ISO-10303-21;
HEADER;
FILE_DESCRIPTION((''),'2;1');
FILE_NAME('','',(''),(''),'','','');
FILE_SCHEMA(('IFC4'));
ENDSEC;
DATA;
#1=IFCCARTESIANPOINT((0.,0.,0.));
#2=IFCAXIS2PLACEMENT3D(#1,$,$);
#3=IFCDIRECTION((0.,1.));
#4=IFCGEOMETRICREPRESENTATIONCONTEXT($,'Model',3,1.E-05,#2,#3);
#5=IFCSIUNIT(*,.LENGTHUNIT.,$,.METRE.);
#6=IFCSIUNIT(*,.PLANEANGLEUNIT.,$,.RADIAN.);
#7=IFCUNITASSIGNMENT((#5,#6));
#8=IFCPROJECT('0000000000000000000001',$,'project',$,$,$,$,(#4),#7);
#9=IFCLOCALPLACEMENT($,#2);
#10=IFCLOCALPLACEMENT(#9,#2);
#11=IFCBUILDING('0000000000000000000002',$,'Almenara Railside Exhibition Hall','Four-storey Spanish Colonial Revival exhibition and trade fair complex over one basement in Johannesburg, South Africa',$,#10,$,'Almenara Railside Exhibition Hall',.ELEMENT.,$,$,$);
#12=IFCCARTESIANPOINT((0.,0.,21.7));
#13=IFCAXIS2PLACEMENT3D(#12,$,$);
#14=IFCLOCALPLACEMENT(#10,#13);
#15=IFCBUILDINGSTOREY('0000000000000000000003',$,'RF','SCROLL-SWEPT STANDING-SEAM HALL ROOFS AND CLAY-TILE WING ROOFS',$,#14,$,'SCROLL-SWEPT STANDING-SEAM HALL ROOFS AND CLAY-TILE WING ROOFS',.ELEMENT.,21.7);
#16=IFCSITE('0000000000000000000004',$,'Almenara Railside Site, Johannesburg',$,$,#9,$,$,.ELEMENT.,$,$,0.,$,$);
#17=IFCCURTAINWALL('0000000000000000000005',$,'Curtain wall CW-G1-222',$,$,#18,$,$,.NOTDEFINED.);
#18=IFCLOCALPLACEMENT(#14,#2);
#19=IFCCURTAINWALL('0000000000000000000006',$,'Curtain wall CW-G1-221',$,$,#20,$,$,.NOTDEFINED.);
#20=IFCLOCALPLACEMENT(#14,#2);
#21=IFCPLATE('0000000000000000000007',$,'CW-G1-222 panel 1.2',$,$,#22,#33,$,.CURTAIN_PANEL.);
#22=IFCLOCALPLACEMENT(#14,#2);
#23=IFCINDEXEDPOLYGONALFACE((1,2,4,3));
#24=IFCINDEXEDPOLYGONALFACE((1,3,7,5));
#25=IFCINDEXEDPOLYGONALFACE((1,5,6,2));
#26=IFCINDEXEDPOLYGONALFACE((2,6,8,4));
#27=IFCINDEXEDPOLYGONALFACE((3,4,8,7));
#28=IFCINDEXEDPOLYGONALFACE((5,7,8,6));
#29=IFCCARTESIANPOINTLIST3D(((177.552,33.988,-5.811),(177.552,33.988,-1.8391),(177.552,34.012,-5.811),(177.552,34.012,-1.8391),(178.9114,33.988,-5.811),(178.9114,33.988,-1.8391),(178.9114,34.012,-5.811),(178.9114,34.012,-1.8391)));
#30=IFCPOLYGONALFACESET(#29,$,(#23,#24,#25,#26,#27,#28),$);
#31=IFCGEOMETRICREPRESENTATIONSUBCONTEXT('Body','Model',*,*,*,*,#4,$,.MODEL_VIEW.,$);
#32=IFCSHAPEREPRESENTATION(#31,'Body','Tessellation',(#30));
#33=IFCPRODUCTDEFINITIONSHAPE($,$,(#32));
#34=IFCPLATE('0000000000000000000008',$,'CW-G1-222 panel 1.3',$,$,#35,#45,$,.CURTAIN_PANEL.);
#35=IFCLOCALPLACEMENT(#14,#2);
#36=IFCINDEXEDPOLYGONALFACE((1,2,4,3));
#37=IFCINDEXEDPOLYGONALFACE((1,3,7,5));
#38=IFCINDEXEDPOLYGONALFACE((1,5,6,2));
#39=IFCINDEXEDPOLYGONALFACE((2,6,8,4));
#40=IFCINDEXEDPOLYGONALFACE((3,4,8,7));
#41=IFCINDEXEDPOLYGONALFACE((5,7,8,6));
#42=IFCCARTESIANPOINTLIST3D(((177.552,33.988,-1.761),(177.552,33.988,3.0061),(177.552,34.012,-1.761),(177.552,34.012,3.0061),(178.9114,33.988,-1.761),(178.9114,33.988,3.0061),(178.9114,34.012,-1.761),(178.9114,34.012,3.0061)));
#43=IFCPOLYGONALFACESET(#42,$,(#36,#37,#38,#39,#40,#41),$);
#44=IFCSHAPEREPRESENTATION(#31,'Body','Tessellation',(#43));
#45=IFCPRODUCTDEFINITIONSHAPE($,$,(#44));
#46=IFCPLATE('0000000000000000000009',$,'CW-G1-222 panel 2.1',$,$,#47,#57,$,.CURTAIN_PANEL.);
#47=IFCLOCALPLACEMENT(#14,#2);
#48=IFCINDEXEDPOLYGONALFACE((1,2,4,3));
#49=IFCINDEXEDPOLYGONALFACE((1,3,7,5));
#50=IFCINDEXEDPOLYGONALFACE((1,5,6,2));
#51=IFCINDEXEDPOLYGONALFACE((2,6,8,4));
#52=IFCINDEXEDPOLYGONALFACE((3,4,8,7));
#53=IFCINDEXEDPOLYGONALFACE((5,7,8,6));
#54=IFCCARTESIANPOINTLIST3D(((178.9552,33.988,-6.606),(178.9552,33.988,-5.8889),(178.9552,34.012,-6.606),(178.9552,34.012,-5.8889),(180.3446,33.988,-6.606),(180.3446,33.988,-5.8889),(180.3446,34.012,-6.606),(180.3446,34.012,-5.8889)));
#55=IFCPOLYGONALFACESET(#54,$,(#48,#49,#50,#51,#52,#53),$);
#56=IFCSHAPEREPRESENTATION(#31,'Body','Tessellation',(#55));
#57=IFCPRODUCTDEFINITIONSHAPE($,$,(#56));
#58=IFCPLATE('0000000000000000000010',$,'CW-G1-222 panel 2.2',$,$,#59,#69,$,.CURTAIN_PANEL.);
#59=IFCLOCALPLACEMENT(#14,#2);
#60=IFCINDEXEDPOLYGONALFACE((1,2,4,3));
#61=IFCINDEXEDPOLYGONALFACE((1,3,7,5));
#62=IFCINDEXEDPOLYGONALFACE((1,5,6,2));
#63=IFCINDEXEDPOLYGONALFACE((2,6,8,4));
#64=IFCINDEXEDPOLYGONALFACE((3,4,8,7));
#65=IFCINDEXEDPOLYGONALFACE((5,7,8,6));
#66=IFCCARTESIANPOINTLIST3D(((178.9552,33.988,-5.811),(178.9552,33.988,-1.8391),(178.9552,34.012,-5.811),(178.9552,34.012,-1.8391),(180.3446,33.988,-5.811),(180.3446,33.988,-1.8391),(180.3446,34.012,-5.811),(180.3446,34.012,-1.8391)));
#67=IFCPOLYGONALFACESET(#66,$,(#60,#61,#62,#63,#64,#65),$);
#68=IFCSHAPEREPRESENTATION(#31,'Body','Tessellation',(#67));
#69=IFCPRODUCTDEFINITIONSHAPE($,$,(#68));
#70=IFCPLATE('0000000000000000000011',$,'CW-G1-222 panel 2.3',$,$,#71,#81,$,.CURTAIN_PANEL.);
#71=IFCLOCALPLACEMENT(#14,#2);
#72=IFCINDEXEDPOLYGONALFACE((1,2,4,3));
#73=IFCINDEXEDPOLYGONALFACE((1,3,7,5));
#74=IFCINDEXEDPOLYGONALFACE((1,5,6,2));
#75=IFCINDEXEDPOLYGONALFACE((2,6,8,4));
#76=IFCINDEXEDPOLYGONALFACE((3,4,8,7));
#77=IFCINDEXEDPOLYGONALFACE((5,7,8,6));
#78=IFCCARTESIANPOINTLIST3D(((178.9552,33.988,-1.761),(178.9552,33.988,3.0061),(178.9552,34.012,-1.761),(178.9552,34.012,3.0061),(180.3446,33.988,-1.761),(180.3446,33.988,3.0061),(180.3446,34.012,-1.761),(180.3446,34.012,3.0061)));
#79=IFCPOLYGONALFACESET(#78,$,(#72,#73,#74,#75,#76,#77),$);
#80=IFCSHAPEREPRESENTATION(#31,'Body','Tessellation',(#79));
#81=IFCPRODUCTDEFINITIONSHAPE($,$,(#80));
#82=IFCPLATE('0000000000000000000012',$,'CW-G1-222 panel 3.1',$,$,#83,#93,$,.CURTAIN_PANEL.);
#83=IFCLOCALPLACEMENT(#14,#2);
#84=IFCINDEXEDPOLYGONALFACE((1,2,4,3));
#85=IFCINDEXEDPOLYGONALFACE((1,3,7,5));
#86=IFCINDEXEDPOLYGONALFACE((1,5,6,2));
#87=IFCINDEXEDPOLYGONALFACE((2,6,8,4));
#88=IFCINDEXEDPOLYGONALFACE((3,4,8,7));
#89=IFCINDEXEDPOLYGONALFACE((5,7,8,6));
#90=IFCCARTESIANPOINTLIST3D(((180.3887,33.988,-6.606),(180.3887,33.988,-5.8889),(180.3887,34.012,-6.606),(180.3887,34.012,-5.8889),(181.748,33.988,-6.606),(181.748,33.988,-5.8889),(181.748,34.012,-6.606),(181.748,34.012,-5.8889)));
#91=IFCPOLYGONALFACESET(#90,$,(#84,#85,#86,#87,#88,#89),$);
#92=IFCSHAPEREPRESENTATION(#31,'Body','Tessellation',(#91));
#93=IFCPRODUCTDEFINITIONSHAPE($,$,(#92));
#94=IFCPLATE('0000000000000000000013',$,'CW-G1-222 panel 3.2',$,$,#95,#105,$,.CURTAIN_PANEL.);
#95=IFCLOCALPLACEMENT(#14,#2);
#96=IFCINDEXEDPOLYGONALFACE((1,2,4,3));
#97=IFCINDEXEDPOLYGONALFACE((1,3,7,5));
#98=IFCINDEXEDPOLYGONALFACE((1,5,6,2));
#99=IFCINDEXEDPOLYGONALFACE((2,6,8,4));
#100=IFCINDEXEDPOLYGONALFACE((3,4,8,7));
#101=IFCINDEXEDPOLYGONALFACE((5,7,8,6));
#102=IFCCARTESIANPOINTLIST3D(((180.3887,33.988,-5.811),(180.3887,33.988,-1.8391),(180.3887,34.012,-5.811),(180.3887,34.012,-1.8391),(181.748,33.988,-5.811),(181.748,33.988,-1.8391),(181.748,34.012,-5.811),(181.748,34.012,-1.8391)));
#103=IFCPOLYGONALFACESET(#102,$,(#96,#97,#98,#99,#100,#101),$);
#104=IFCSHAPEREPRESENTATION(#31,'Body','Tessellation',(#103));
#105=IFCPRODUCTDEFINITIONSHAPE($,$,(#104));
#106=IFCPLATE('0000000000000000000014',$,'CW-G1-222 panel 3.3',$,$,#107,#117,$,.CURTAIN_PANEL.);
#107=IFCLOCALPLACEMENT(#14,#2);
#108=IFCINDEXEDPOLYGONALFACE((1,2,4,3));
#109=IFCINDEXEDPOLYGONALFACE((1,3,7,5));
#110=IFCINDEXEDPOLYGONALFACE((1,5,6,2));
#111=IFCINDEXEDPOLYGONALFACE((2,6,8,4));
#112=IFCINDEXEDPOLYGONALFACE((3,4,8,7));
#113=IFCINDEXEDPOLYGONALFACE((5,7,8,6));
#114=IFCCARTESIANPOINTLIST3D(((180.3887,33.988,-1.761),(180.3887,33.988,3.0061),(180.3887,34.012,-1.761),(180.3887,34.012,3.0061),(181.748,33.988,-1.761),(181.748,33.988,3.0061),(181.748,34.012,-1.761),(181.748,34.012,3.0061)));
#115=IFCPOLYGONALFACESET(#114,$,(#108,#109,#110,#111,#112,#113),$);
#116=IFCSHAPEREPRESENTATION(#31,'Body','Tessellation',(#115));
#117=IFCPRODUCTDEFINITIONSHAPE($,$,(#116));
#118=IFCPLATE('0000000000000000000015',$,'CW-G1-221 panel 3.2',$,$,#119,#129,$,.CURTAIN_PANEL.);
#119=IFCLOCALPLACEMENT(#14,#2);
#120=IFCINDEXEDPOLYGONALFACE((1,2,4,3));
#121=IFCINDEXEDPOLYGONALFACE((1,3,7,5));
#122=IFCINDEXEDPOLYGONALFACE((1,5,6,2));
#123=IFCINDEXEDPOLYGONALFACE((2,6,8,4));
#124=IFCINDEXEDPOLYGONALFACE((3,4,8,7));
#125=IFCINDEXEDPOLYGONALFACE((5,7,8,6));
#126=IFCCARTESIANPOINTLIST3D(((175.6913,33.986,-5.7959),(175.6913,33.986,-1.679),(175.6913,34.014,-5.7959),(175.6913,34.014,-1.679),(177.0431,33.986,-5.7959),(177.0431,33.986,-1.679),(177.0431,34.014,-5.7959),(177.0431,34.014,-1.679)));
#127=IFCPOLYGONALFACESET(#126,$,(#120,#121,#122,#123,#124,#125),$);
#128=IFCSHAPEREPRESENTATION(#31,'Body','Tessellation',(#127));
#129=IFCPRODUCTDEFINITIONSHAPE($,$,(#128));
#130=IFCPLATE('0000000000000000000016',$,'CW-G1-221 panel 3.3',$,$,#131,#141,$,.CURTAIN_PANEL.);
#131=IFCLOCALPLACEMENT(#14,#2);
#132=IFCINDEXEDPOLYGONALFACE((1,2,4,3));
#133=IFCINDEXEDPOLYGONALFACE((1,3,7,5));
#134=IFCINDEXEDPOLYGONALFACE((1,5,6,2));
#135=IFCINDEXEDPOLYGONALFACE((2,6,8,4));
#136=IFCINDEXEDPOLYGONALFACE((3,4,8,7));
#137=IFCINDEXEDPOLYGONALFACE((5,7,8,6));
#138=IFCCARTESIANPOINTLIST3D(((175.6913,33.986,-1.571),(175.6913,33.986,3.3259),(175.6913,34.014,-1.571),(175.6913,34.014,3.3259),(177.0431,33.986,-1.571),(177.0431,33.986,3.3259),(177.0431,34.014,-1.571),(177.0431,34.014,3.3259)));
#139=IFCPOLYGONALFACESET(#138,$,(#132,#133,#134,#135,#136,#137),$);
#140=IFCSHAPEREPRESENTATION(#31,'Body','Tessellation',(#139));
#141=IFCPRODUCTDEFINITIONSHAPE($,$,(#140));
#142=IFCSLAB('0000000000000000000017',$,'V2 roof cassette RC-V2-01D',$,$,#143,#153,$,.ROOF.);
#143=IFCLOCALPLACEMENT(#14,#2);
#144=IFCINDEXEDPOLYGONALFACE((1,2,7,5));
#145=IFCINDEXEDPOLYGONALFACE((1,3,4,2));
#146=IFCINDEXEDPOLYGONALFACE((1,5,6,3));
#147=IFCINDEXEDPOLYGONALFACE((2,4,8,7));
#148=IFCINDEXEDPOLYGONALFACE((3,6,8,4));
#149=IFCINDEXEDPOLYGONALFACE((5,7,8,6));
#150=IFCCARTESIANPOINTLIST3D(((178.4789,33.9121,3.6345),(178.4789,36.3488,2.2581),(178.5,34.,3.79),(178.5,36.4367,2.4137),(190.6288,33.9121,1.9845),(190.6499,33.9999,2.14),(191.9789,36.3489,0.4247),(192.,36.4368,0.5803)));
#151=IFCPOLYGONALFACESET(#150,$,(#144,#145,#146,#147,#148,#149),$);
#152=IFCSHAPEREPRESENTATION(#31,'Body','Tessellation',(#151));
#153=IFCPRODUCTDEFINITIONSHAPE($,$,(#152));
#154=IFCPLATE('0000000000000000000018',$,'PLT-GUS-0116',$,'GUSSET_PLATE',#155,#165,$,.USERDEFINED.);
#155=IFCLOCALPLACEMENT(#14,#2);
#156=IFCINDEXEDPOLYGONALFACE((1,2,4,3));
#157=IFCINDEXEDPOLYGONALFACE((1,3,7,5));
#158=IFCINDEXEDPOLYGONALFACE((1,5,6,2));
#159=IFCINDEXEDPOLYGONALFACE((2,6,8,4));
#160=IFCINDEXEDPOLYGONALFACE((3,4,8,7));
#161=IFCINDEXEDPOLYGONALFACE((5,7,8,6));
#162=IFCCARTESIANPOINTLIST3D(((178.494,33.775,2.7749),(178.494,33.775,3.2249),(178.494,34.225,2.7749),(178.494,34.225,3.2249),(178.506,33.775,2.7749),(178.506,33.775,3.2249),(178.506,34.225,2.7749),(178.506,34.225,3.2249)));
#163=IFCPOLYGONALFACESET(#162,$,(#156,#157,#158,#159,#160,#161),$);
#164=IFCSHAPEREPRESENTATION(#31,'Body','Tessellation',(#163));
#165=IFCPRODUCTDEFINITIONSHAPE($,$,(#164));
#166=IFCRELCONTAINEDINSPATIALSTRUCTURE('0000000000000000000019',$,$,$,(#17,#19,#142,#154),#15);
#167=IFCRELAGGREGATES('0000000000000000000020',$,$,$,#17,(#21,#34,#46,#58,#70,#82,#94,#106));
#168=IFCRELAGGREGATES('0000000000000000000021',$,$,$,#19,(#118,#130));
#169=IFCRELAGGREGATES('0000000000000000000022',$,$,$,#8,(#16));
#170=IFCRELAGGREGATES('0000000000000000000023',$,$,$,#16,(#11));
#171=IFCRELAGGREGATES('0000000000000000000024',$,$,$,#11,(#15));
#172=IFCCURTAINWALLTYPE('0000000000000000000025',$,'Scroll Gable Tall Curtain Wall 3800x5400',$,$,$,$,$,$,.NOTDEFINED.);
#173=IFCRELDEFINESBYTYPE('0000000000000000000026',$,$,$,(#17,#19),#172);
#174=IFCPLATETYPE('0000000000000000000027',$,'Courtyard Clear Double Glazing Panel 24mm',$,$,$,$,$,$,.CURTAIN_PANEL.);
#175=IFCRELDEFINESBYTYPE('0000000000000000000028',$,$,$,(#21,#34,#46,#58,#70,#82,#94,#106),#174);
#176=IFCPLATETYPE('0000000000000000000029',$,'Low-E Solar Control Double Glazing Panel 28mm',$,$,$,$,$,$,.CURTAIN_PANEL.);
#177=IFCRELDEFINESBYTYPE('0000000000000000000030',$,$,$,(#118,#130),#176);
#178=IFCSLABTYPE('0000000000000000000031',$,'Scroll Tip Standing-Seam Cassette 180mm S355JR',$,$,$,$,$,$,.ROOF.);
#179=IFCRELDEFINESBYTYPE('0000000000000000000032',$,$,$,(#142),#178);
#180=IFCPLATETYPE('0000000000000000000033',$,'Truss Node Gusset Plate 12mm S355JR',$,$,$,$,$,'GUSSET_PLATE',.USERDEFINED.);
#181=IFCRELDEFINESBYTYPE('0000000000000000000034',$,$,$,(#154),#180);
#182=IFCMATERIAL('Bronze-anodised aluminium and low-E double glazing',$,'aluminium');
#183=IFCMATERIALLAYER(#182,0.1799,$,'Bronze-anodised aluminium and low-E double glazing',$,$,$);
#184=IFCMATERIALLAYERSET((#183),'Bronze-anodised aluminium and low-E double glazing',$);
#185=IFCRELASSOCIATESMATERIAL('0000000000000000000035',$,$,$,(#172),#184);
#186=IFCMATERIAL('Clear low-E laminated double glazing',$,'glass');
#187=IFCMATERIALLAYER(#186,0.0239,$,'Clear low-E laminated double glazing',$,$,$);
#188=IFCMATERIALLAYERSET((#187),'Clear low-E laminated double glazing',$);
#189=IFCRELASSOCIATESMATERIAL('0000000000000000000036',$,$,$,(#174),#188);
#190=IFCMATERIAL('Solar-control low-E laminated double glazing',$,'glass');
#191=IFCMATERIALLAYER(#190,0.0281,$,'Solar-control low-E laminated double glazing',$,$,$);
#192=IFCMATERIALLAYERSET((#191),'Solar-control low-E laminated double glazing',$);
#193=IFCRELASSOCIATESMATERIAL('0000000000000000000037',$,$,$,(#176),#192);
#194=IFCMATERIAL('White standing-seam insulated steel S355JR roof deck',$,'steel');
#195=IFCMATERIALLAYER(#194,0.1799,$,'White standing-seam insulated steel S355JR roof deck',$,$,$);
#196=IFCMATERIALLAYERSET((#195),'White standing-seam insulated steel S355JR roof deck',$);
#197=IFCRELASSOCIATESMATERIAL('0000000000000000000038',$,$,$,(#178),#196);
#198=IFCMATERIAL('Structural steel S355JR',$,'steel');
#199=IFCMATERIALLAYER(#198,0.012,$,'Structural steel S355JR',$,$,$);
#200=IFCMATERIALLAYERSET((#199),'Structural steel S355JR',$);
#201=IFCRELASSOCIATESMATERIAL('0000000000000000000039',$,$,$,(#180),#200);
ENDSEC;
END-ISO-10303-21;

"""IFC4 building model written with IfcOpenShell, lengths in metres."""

from ifc_helpers import new_model, si_unit, direction, frame, origin, origin_2d, place, context, subcontext, project, spatial, polyline, rectangle, outline, extrude, material, layer, layer_set, type_object, element, aggregate, save


model = new_model("IFC4")

# Units and contexts
model_context = context("Model", 3, precision=1e-05, world=origin(), true_north=direction((0.0, 1.0)))
body_context = subcontext(model_context, "Body", "Model", "MODEL_VIEW")
ifc_project = project(units=[si_unit("LENGTHUNIT", "METRE"), si_unit("PLANEANGLEUNIT", "RADIAN")], contexts=[model_context])

# Site, building, storey
site_placement = place(None, origin())
site = spatial("IfcSite", under=ifc_project, at=site_placement, Name="Almenara Railside Site, Johannesburg", CompositionType="ELEMENT", RefElevation=0.0)
building_placement = place(site_placement, origin())
building = spatial("IfcBuilding", under=site, at=building_placement, Name="Almenara Railside Exhibition Hall", Description="Four-storey Spanish Colonial Revival exhibition and trade fair complex over one basement in Johannesburg, South Africa", LongName="Almenara Railside Exhibition Hall", CompositionType="ELEMENT")
storey_placement = place(building_placement, frame((0.0, 0.0, 21.7)))
storey = spatial("IfcBuildingStorey", under=building, at=storey_placement, Name="RF", Description="SCROLL-SWEPT STANDING-SEAM HALL ROOFS AND CLAY-TILE WING ROOFS", LongName="SCROLL-SWEPT STANDING-SEAM HALL ROOFS AND CLAY-TILE WING ROOFS", CompositionType="ELEMENT", Elevation=21.7)

# Shared definitions
ifc_material_1 = material(Name="Structural steel S355JR", Category="steel")

# Curtain wall
ifc_material_2 = material(Name="Bronze-anodised aluminium and low-E double glazing", Category="aluminium")
ifc_layer_1 = layer(ifc_material_2, 0.1799, Name="Bronze-anodised aluminium and low-E double glazing")
ifc_layer_set_1 = layer_set([ifc_layer_1], Name="Bronze-anodised aluminium and low-E double glazing")
curtain_wall_type = type_object("IfcCurtainWallType", Name="Scroll Gable Tall Curtain Wall 3800x5400", PredefinedType="NOTDEFINED", material=ifc_layer_set_1)
curtain_wall_1_placement = place(storey_placement, origin())
curtain_wall_1 = element("IfcCurtainWall", 1, at=curtain_wall_1_placement, inside=storey, type_object=curtain_wall_type, Name="Curtain wall CW-G1-222", PredefinedType="NOTDEFINED")

# Curtain wall
curtain_wall_2_placement = place(storey_placement, origin())
curtain_wall_2 = element("IfcCurtainWall", 2, at=curtain_wall_2_placement, inside=storey, type_object=curtain_wall_type, Name="Curtain wall CW-G1-221", PredefinedType="NOTDEFINED")

# Plates
ifc_material_3 = material(Name="Clear low-E laminated double glazing", Category="glass")
ifc_layer_2 = layer(ifc_material_3, 0.0239, Name="Clear low-E laminated double glazing")
ifc_layer_set_2 = layer_set([ifc_layer_2], Name="Clear low-E laminated double glazing")
plate_type_1 = type_object("IfcPlateType", Name="Courtyard Clear Double Glazing Panel 24mm", PredefinedType="CURTAIN_PANEL", material=ifc_layer_set_2)
plate_1_placement = place(storey_placement, frame((178.2317, 34.0, -5.811), z_axis=(0.0, 0.0, 1.0), x_axis=(1.0, 0.0, 0.0)))
plate_1 = element("IfcPlate", 3, at=plate_1_placement, type_object=plate_type_1, Name="CW-G1-222 panel 1.2", PredefinedType="CURTAIN_PANEL", context=body_context, shape_type="SweptSolid", body=[
    extrude(rectangle(XDim=1.3594, YDim=0.0239, at=origin_2d()), origin(), (0.0, 0.0, 1.0), 3.9719),
])
plate_2_placement = place(storey_placement, frame((178.2317, 34.0, -1.761), z_axis=(0.0, 0.0, 1.0), x_axis=(1.0, 0.0, 0.0)))
plate_2 = element("IfcPlate", 4, at=plate_2_placement, type_object=plate_type_1, Name="CW-G1-222 panel 1.3", PredefinedType="CURTAIN_PANEL", context=body_context, shape_type="SweptSolid", body=[
    extrude(rectangle(XDim=1.3594, YDim=0.0239, at=origin_2d()), origin(), (0.0, 0.0, 1.0), 4.7671),
])
plate_3_placement = place(storey_placement, frame((179.6499, 34.0, -6.606), z_axis=(0.0, 0.0, 1.0), x_axis=(1.0, 0.0, 0.0)))
plate_3 = element("IfcPlate", 5, at=plate_3_placement, type_object=plate_type_1, Name="CW-G1-222 panel 2.1", PredefinedType="CURTAIN_PANEL", context=body_context, shape_type="SweptSolid", body=[
    extrude(rectangle(XDim=1.3894, YDim=0.0239, at=origin_2d()), origin(), (0.0, 0.0, 1.0), 0.717),
])
plate_4_placement = place(storey_placement, frame((179.6499, 34.0, -5.811), z_axis=(0.0, 0.0, 1.0), x_axis=(1.0, 0.0, 0.0)))
plate_4 = element("IfcPlate", 6, at=plate_4_placement, type_object=plate_type_1, Name="CW-G1-222 panel 2.2", PredefinedType="CURTAIN_PANEL", context=body_context, shape_type="SweptSolid", body=[
    extrude(rectangle(XDim=1.3894, YDim=0.0239, at=origin_2d()), origin(), (0.0, 0.0, 1.0), 3.9719),
])
plate_5_placement = place(storey_placement, frame((179.6499, 34.0, -1.761), z_axis=(0.0, 0.0, 1.0), x_axis=(1.0, 0.0, 0.0)))
plate_5 = element("IfcPlate", 7, at=plate_5_placement, type_object=plate_type_1, Name="CW-G1-222 panel 2.3", PredefinedType="CURTAIN_PANEL", context=body_context, shape_type="SweptSolid", body=[
    extrude(rectangle(XDim=1.3894, YDim=0.0239, at=origin_2d()), origin(), (0.0, 0.0, 1.0), 4.7671),
])
plate_6_placement = place(storey_placement, frame((181.0684, 34.0, -6.606), z_axis=(0.0, 0.0, 1.0), x_axis=(1.0, 0.0, 0.0)))
plate_6 = element("IfcPlate", 8, at=plate_6_placement, type_object=plate_type_1, Name="CW-G1-222 panel 3.1", PredefinedType="CURTAIN_PANEL", context=body_context, shape_type="SweptSolid", body=[
    extrude(rectangle(XDim=1.3594, YDim=0.0239, at=origin_2d()), origin(), (0.0, 0.0, 1.0), 0.717),
])
plate_7_placement = place(storey_placement, frame((181.0684, 34.0, -5.811), z_axis=(0.0, 0.0, 1.0), x_axis=(1.0, 0.0, 0.0)))
plate_7 = element("IfcPlate", 9, at=plate_7_placement, type_object=plate_type_1, Name="CW-G1-222 panel 3.2", PredefinedType="CURTAIN_PANEL", context=body_context, shape_type="SweptSolid", body=[
    extrude(rectangle(XDim=1.3594, YDim=0.0239, at=origin_2d()), origin(), (0.0, 0.0, 1.0), 3.9719),
])
plate_8_placement = place(storey_placement, frame((181.0684, 34.0, -1.761), z_axis=(0.0, 0.0, 1.0), x_axis=(1.0, 0.0, 0.0)))
plate_8 = element("IfcPlate", 10, at=plate_8_placement, type_object=plate_type_1, Name="CW-G1-222 panel 3.3", PredefinedType="CURTAIN_PANEL", context=body_context, shape_type="SweptSolid", body=[
    extrude(rectangle(XDim=1.3594, YDim=0.0239, at=origin_2d()), origin(), (0.0, 0.0, 1.0), 4.7671),
])
aggregate(curtain_wall_1, [plate_1, plate_2, plate_3, plate_4, plate_5, plate_6, plate_7, plate_8])
ifc_material_4 = material(Name="Solar-control low-E laminated double glazing", Category="glass")
ifc_layer_3 = layer(ifc_material_4, 0.0281, Name="Solar-control low-E laminated double glazing")
ifc_layer_set_3 = layer_set([ifc_layer_3], Name="Solar-control low-E laminated double glazing")
plate_type_2 = type_object("IfcPlateType", Name="Low-E Solar Control Double Glazing Panel 28mm", PredefinedType="CURTAIN_PANEL", material=ifc_layer_set_3)
plate_9_placement = place(storey_placement, frame((176.3672, 34.0, -5.7959), z_axis=(0.0, 0.0, 1.0), x_axis=(1.0, 0.0, 0.0)))
plate_9 = element("IfcPlate", 11, at=plate_9_placement, type_object=plate_type_2, Name="CW-G1-221 panel 3.2", PredefinedType="CURTAIN_PANEL", context=body_context, shape_type="SweptSolid", body=[
    extrude(rectangle(XDim=1.3518, YDim=0.0281, at=origin_2d()), origin(), (0.0, 0.0, 1.0), 4.1169),
])
plate_10_placement = place(storey_placement, frame((176.3672, 34.0, -1.571), z_axis=(0.0, 0.0, 1.0), x_axis=(1.0, 0.0, 0.0)))
plate_10 = element("IfcPlate", 12, at=plate_10_placement, type_object=plate_type_2, Name="CW-G1-221 panel 3.3", PredefinedType="CURTAIN_PANEL", context=body_context, shape_type="SweptSolid", body=[
    extrude(rectangle(XDim=1.3518, YDim=0.0281, at=origin_2d()), origin(), (0.0, 0.0, 1.0), 4.897),
])
aggregate(curtain_wall_2, [plate_9, plate_10])

# Slab
ifc_material_5 = material(Name="White standing-seam insulated steel S355JR roof deck", Category="steel")
ifc_layer_4 = layer(ifc_material_5, 0.1799, Name="White standing-seam insulated steel S355JR roof deck")
ifc_layer_set_4 = layer_set([ifc_layer_4], Name="White standing-seam insulated steel S355JR roof deck")
slab_type = type_object("IfcSlabType", Name="Scroll Tip Standing-Seam Cassette 180mm S355JR", PredefinedType="ROOF", material=ifc_layer_set_4)
slab_placement = place(storey_placement, frame((178.5, 34.0, 3.79), z_axis=(0.117429, 0.488394, 0.864686), x_axis=(0.990904, -0.000004, -0.134568)))
element("IfcSlab", 13, at=slab_placement, inside=storey, type_object=slab_type, Name="V2 roof cassette RC-V2-01D", PredefinedType="ROOF", context=body_context, shape_type="SweptSolid", body=[
    extrude(outline(polyline([(0.0, 0.0), (12.2614, 0.0), (13.8091, 2.7925), (0.1852, 2.7924), (0.0, 0.0)])), origin(), (0.0, 0.0, -1.0), 0.1799),
])

# Plate
ifc_layer_5 = layer(ifc_material_1, 0.012, Name="Structural steel S355JR")
ifc_layer_set_5 = layer_set([ifc_layer_5], Name="Structural steel S355JR")
plate_type_3 = type_object("IfcPlateType", Name="Truss Node Gusset Plate 12mm S355JR", ElementType="GUSSET_PLATE", PredefinedType="USERDEFINED", material=ifc_layer_set_5)
plate_11_placement = place(storey_placement, frame((178.5, 34.0, 2.7749), z_axis=(0.0, 0.0, 1.0), x_axis=(0.0, 1.0, 0.0)))
element("IfcPlate", 14, at=plate_11_placement, inside=storey, type_object=plate_type_3, Name="PLT-GUS-0116", ObjectType="GUSSET_PLATE", PredefinedType="USERDEFINED", context=body_context, shape_type="SweptSolid", body=[
    extrude(rectangle(XDim=0.45, YDim=0.012, at=origin_2d()), origin(), (0.0, 0.0, 1.0), 0.45),
])

save(model, "model.ifc")
